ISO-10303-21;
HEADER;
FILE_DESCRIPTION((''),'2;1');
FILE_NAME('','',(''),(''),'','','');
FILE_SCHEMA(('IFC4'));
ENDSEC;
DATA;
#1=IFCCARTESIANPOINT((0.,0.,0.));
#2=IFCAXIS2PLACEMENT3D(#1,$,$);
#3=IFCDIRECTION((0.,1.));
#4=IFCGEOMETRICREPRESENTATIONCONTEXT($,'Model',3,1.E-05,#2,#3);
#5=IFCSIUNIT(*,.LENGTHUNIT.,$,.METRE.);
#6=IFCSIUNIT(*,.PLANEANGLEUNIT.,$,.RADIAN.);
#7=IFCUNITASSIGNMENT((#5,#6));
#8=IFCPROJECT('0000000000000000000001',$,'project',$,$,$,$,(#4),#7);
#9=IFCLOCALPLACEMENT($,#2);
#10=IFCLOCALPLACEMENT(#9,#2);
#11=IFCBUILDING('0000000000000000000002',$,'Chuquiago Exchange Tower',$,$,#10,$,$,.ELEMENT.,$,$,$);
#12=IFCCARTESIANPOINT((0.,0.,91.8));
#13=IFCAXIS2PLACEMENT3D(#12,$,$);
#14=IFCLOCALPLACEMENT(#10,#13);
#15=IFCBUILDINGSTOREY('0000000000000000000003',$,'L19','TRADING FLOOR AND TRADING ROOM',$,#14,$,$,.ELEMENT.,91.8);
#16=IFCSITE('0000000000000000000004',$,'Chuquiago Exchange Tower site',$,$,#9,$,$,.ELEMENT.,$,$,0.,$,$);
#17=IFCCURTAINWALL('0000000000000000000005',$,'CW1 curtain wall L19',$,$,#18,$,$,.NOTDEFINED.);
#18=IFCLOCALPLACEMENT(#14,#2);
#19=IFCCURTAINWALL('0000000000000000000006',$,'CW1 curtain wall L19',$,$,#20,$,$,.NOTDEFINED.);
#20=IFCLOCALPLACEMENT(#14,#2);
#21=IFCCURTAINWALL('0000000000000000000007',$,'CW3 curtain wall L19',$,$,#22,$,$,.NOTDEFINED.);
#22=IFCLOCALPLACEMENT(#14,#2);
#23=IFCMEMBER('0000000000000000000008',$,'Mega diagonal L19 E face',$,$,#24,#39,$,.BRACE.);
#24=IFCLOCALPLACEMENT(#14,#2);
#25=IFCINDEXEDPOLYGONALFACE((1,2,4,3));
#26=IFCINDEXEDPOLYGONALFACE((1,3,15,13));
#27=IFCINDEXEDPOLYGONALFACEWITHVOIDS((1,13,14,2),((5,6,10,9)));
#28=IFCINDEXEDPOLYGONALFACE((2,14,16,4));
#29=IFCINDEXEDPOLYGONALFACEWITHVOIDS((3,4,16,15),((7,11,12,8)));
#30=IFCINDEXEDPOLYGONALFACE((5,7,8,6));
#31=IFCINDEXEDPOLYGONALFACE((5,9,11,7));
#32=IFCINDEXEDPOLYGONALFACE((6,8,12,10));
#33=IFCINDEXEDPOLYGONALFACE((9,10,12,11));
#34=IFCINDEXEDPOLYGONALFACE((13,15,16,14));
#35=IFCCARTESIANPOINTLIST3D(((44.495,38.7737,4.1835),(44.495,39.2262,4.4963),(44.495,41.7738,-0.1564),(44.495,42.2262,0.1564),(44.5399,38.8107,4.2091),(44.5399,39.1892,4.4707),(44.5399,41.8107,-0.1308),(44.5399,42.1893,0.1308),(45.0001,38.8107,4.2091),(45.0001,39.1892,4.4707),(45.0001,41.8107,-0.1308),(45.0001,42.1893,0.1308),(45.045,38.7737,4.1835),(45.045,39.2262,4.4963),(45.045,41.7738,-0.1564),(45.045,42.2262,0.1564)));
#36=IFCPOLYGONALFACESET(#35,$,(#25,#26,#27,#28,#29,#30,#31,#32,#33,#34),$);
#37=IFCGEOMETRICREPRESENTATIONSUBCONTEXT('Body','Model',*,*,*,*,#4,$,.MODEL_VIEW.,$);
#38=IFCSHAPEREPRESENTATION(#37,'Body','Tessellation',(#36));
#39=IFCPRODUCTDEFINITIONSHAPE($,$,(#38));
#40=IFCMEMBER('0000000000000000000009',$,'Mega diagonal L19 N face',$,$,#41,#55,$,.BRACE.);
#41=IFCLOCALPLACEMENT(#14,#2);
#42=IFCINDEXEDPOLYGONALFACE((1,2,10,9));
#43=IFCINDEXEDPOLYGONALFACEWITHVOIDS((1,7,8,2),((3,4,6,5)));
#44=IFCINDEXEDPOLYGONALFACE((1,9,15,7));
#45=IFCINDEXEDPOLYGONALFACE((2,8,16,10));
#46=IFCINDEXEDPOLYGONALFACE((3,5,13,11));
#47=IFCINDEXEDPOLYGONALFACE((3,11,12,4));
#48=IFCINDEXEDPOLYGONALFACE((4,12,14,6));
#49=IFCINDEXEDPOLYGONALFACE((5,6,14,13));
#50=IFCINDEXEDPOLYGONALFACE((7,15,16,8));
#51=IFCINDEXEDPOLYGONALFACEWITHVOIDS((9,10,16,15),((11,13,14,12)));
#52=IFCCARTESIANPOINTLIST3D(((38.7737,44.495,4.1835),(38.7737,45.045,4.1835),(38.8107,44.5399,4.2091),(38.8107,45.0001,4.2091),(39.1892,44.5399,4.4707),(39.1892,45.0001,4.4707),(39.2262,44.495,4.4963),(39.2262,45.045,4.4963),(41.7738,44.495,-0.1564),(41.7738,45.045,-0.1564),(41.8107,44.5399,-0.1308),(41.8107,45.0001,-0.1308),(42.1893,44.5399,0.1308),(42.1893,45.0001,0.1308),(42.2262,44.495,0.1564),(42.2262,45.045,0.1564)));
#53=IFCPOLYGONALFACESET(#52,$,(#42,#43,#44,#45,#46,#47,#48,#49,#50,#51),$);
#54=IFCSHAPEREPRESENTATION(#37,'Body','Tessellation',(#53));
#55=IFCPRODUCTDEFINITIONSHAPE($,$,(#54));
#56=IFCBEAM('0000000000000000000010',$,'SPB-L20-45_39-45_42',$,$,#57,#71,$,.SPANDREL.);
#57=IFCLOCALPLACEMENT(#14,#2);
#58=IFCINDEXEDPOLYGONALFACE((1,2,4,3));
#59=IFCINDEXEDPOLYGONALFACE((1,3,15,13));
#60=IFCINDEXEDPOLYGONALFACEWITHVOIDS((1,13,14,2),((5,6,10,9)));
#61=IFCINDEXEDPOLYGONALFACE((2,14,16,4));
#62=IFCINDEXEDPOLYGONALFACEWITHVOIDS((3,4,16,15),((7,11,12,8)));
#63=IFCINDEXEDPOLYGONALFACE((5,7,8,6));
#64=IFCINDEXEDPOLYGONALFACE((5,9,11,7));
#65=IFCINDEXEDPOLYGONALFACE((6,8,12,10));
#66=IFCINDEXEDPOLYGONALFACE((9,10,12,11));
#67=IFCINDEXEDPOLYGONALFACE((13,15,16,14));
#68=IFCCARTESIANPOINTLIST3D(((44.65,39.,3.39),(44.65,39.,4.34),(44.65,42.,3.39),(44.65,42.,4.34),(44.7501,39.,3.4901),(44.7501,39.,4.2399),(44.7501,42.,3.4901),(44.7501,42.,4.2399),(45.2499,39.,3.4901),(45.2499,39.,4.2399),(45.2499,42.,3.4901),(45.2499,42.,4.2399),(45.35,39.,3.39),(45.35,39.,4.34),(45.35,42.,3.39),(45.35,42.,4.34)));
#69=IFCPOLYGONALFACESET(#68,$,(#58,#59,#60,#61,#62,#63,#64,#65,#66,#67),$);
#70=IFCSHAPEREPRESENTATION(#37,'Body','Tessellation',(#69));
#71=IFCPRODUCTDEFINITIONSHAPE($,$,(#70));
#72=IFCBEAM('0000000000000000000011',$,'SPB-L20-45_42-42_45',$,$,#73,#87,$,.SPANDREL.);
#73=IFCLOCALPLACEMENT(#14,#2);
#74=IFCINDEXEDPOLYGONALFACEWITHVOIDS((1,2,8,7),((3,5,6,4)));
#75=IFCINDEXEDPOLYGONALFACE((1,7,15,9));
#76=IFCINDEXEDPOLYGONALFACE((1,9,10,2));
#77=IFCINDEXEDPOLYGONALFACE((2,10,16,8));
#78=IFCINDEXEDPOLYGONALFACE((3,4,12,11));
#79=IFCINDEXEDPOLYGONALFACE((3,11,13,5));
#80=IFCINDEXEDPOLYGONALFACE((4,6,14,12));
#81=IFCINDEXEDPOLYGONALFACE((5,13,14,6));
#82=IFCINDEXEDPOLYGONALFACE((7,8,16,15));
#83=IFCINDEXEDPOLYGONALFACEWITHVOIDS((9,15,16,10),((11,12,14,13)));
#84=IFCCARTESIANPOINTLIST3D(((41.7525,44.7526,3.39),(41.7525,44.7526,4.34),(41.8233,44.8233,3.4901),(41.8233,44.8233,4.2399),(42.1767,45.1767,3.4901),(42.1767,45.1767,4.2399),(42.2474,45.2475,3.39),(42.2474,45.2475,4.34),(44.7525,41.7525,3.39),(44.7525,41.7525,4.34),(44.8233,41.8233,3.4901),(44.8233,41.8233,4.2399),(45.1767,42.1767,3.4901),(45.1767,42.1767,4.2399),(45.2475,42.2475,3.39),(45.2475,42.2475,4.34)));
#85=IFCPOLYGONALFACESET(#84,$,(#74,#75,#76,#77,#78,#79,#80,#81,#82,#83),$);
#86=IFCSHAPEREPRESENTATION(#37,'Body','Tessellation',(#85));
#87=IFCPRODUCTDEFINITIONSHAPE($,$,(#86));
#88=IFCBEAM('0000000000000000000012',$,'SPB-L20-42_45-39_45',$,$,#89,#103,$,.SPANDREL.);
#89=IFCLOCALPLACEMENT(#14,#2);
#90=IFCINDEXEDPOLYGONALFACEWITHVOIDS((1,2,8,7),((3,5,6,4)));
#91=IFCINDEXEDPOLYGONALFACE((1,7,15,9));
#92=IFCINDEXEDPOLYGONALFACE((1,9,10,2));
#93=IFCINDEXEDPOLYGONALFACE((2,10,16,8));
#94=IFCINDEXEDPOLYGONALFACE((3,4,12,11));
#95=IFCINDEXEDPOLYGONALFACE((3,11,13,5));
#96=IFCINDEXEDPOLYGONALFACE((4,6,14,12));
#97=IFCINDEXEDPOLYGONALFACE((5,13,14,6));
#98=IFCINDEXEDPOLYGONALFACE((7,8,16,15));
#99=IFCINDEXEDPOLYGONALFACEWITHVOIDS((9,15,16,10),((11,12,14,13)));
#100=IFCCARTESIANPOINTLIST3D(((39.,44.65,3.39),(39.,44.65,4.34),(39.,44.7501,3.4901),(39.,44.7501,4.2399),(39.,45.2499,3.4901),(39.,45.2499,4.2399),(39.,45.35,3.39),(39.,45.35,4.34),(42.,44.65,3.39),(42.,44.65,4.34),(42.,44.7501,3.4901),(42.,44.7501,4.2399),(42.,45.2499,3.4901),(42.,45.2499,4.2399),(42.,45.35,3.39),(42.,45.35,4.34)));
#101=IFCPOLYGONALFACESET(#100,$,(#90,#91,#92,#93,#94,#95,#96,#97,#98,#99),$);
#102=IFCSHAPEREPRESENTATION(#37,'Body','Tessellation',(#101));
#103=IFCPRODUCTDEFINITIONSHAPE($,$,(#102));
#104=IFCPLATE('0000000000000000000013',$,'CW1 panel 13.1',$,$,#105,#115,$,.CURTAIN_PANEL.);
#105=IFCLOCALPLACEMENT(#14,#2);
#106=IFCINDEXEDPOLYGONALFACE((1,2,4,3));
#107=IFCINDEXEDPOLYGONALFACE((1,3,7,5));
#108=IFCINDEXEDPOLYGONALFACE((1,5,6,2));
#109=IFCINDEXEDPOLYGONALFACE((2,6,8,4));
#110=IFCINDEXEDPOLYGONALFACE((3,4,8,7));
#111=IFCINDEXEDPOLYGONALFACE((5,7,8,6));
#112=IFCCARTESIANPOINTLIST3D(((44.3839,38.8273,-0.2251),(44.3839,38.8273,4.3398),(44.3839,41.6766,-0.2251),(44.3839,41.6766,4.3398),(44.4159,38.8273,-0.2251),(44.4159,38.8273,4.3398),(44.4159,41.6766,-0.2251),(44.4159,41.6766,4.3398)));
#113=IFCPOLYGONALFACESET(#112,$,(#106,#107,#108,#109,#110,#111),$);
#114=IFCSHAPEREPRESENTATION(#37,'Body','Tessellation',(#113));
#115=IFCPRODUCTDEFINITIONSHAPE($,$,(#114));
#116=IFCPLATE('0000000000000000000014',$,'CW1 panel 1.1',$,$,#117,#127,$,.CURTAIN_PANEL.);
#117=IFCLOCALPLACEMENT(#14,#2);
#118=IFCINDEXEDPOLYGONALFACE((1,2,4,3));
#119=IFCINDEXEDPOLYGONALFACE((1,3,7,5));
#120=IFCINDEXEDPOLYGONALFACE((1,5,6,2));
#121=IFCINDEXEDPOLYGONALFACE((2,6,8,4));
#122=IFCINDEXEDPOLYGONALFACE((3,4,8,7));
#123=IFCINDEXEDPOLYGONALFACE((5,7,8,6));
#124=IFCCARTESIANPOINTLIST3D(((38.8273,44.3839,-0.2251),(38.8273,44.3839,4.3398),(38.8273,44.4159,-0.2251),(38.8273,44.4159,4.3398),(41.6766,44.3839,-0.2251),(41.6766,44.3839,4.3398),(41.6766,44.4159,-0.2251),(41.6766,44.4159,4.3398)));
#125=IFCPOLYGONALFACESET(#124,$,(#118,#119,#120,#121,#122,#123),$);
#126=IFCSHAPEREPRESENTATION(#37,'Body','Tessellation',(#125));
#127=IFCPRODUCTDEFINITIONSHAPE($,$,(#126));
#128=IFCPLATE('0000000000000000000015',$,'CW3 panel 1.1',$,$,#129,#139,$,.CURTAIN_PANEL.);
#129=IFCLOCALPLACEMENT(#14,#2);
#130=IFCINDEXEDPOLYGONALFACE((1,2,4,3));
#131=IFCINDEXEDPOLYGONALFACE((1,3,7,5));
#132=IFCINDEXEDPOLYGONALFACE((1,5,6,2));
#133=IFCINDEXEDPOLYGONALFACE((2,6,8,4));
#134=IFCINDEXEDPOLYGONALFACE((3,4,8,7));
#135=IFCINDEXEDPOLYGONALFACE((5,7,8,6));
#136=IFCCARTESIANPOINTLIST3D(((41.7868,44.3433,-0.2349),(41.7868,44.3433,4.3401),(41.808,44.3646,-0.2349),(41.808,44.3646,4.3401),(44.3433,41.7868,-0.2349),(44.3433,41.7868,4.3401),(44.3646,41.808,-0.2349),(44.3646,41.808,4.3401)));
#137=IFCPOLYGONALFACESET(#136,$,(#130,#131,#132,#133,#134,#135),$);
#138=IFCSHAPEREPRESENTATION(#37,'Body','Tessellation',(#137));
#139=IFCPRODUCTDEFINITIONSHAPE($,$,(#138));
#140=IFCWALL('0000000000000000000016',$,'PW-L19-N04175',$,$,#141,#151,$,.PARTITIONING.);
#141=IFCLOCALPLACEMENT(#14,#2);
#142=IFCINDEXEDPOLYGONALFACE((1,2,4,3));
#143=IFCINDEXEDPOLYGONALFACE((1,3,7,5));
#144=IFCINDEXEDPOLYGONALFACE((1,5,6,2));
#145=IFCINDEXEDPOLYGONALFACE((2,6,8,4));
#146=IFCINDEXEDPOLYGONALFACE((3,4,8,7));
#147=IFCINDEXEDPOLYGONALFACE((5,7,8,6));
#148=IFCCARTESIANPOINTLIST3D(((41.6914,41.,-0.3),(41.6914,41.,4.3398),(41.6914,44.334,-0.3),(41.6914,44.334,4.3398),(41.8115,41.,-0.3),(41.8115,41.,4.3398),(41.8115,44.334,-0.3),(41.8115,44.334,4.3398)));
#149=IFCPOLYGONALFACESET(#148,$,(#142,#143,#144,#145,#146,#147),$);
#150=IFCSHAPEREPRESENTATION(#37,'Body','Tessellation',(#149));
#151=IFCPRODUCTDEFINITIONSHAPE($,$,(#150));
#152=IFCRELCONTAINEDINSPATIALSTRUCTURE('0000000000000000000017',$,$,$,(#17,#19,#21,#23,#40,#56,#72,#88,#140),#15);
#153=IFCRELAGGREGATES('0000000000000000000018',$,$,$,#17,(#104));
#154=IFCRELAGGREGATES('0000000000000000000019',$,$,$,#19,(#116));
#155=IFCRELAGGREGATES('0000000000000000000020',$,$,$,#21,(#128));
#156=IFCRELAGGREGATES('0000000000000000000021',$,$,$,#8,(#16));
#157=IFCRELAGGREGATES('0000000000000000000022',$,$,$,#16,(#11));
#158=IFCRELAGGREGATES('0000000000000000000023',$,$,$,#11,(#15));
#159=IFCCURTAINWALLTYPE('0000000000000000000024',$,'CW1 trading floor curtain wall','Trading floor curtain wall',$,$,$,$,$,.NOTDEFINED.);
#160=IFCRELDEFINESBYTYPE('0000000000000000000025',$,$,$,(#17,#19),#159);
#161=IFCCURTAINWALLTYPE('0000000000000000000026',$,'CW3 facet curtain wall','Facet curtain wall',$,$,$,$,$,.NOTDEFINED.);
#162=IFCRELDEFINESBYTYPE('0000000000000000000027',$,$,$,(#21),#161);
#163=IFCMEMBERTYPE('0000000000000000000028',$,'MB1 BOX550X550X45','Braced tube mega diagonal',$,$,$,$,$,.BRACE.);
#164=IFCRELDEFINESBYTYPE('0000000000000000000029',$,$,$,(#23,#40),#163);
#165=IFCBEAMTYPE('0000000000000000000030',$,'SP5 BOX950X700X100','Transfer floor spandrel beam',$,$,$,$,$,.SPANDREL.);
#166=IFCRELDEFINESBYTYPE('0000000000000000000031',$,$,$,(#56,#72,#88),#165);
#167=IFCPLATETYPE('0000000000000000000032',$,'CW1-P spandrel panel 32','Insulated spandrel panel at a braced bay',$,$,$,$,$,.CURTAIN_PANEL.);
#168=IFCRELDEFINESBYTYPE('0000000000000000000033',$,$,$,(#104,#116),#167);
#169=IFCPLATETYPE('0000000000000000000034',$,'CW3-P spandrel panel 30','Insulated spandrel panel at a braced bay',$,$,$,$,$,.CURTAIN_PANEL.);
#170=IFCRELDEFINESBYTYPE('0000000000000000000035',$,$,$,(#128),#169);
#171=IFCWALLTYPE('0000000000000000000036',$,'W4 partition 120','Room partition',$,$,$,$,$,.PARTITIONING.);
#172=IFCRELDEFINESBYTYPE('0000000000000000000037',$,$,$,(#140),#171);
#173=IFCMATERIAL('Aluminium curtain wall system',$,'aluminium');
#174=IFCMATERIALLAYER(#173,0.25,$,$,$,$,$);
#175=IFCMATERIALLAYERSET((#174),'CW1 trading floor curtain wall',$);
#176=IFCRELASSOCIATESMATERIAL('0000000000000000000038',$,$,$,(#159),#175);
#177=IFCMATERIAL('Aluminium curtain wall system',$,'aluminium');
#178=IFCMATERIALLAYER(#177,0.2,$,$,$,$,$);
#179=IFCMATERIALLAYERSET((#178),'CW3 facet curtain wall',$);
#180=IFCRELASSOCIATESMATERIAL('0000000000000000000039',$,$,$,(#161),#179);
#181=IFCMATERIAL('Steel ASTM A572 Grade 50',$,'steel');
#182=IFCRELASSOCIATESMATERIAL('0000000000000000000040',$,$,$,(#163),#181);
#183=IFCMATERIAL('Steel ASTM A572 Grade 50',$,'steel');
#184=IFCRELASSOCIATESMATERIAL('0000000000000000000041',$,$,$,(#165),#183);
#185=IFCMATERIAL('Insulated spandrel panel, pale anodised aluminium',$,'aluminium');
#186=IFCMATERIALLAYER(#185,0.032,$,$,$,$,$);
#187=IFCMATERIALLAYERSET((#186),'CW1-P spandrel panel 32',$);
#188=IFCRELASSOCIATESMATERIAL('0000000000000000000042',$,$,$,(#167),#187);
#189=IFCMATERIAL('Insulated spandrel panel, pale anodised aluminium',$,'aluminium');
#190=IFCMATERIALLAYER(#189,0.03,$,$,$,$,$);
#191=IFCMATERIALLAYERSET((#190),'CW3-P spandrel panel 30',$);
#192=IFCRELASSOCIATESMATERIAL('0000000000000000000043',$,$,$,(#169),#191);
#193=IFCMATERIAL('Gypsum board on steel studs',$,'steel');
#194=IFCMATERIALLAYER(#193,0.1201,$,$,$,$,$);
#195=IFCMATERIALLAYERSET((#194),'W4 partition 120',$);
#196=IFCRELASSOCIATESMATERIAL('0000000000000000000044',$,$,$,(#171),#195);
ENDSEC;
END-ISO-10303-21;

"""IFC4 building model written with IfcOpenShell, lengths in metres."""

from ifc_helpers import new_model, si_unit, direction, frame, frame_2d, origin, origin_2d, place, context, subcontext, project, spatial, rectangle, hollow_rectangle, extrude, material, layer, layer_set, material_profile, profile_set, type_object, element, aggregate, save


model = new_model("IFC4")

# Units and contexts
model_context = context("Model", 3, precision=1e-05, world=origin(), true_north=direction((0.0, 1.0)))
body_context = subcontext(model_context, "Body", "Model", "MODEL_VIEW")
ifc_project = project(units=[si_unit("LENGTHUNIT", "METRE"), si_unit("PLANEANGLEUNIT", "RADIAN")], contexts=[model_context])

# Site, building, storey
site_placement = place(None, origin())
site = spatial("IfcSite", under=ifc_project, at=site_placement, Name="Chuquiago Exchange Tower site", CompositionType="ELEMENT", RefElevation=0.0)
building_placement = place(site_placement, origin())
building = spatial("IfcBuilding", under=site, at=building_placement, Name="Chuquiago Exchange Tower", CompositionType="ELEMENT")
storey_placement = place(building_placement, frame((0.0, 0.0, 91.8)))
storey = spatial("IfcBuildingStorey", under=building, at=storey_placement, Name="L19", Description="TRADING FLOOR AND TRADING ROOM", CompositionType="ELEMENT", Elevation=91.8)

# Curtain walls
ifc_material_1 = material(Name="Aluminium curtain wall system", Category="aluminium")
ifc_layer_1 = layer(ifc_material_1, 0.25)
ifc_layer_set_1 = layer_set([ifc_layer_1], Name="CW1 trading floor curtain wall")
curtain_wall_type_1 = type_object("IfcCurtainWallType", Name="CW1 trading floor curtain wall", Description="Trading floor curtain wall", PredefinedType="NOTDEFINED", material=ifc_layer_set_1)
curtain_wall_1_placement = place(storey_placement, origin())
curtain_wall_1 = element("IfcCurtainWall", 1, at=curtain_wall_1_placement, inside=storey, type_object=curtain_wall_type_1, Name="CW1 curtain wall L19", PredefinedType="NOTDEFINED")
curtain_wall_2_placement = place(storey_placement, origin())
curtain_wall_2 = element("IfcCurtainWall", 2, at=curtain_wall_2_placement, inside=storey, type_object=curtain_wall_type_1, Name="CW1 curtain wall L19", PredefinedType="NOTDEFINED")

# Curtain wall
ifc_material_2 = material(Name="Aluminium curtain wall system", Category="aluminium")
ifc_layer_2 = layer(ifc_material_2, 0.2)
ifc_layer_set_2 = layer_set([ifc_layer_2], Name="CW3 facet curtain wall")
curtain_wall_type_2 = type_object("IfcCurtainWallType", Name="CW3 facet curtain wall", Description="Facet curtain wall", PredefinedType="NOTDEFINED", material=ifc_layer_set_2)
curtain_wall_3_placement = place(storey_placement, origin())
curtain_wall_3 = element("IfcCurtainWall", 3, at=curtain_wall_3_placement, inside=storey, type_object=curtain_wall_type_2, Name="CW3 curtain wall L19", PredefinedType="NOTDEFINED")

# Members
ifc_material_3 = material(Name="Steel ASTM A572 Grade 50", Category="steel")
ifc_material_profile_1 = material_profile(ifc_material_3, hollow_rectangle(XDim=0.55, YDim=0.55, WallThickness=0.0449, at=origin_2d()), Name="BOX550X550X45")
ifc_profile_set_1 = profile_set([ifc_material_profile_1], Name="Steel ASTM A572 Grade 50")
member_type_1 = type_object("IfcMemberType", Name="MB1 BOX550X550X45", Description="Braced tube mega diagonal", PredefinedType="BRACE", material=ifc_profile_set_1)
for number, where, z_axis, x_axis, name in (
    (4, (44.77, 42.0, 0.0), (0.0, -0.568632, 0.822592), (1.0, 0.0, 0.0), "Mega diagonal L19 E face"),
    (5, (42.0, 44.77, 0.0), (-0.568632, 0.0, 0.822592), (0.0, -1.0, 0.0), "Mega diagonal L19 N face"),
):
    element("IfcMember", number, at=place(storey_placement, frame(where, z_axis=z_axis, x_axis=x_axis)), inside=storey, type_object=member_type_1, Name=name, PredefinedType="BRACE", context=body_context, shape_type="SweptSolid", body=[
        extrude(hollow_rectangle(XDim=0.55, YDim=0.55, WallThickness=0.0449, at=origin_2d()), origin(), (0.0, 0.0, 1.0), 5.2759),
    ])

# Beams
ifc_material_4 = material(Name="Steel ASTM A572 Grade 50", Category="steel")
ifc_material_profile_2 = material_profile(ifc_material_4, hollow_rectangle(XDim=0.7, YDim=0.95, WallThickness=0.1001, at=origin_2d()), Name="BOX950X700X100")
ifc_profile_set_2 = profile_set([ifc_material_profile_2], Name="Steel ASTM A572 Grade 50")
beam_type = type_object("IfcBeamType", Name="SP5 BOX950X700X100", Description="Transfer floor spandrel beam", PredefinedType="SPANDREL", material=ifc_profile_set_2)
beam_1_placement = place(storey_placement, frame((45.0, 39.0, 3.865), z_axis=(0.0, 1.0, 0.0), x_axis=(-1.0, 0.0, 0.0)))
element("IfcBeam", 6, at=beam_1_placement, inside=storey, type_object=beam_type, Name="SPB-L20-45_39-45_42", PredefinedType="SPANDREL", context=body_context, shape_type="SweptSolid", body=[
    extrude(hollow_rectangle(XDim=0.7, YDim=0.95, WallThickness=0.1001, at=origin_2d()), origin(), (0.0, 0.0, 1.0), 3.0),
])
beam_2_placement = place(storey_placement, frame((45.0, 42.0, 3.865), z_axis=(-0.707107, 0.707107, 0.0), x_axis=(-0.707107, -0.707107, 0.0)))
element("IfcBeam", 7, at=beam_2_placement, inside=storey, type_object=beam_type, Name="SPB-L20-45_42-42_45", PredefinedType="SPANDREL", context=body_context, shape_type="SweptSolid", body=[
    extrude(hollow_rectangle(XDim=0.7, YDim=0.95, WallThickness=0.1001, at=origin_2d()), origin(), (0.0, 0.0, 1.0), 4.2427),
])
beam_3_placement = place(storey_placement, frame((42.0, 45.0, 3.865), z_axis=(-1.0, 0.0, 0.0), x_axis=(0.0, -1.0, 0.0)))
element("IfcBeam", 8, at=beam_3_placement, inside=storey, type_object=beam_type, Name="SPB-L20-42_45-39_45", PredefinedType="SPANDREL", context=body_context, shape_type="SweptSolid", body=[
    extrude(hollow_rectangle(XDim=0.7, YDim=0.95, WallThickness=0.1001, at=origin_2d()), origin(), (0.0, 0.0, 1.0), 3.0),
])

# Plates
ifc_material_5 = material(Name="Insulated spandrel panel, pale anodised aluminium", Category="aluminium")
ifc_layer_3 = layer(ifc_material_5, 0.032)
ifc_layer_set_3 = layer_set([ifc_layer_3], Name="CW1-P spandrel panel 32")
plate_type_1 = type_object("IfcPlateType", Name="CW1-P spandrel panel 32", Description="Insulated spandrel panel at a braced bay", PredefinedType="CURTAIN_PANEL", material=ifc_layer_set_3)
plate_1_placement = place(storey_placement, frame((44.3999, 40.252, -0.2251), z_axis=(0.0, 0.0, 1.0), x_axis=(0.0, 1.0, 0.0)))
plate_1 = element("IfcPlate", 9, at=plate_1_placement, type_object=plate_type_1, Name="CW1 panel 13.1", PredefinedType="CURTAIN_PANEL", context=body_context, shape_type="SweptSolid", body=[
    extrude(rectangle(XDim=2.8494, YDim=0.032, at=origin_2d()), origin(), (0.0, 0.0, 1.0), 4.5649),
])
aggregate(curtain_wall_1, [plate_1])
plate_2_placement = place(storey_placement, frame((40.252, 44.3999, -0.2251), z_axis=(0.0, 0.0, 1.0), x_axis=(-1.0, 0.0, 0.0)))
plate_2 = element("IfcPlate", 10, at=plate_2_placement, type_object=plate_type_1, Name="CW1 panel 1.1", PredefinedType="CURTAIN_PANEL", context=body_context, shape_type="SweptSolid", body=[
    extrude(rectangle(XDim=2.8494, YDim=0.032, at=origin_2d()), origin(), (0.0, 0.0, 1.0), 4.5649),
])
aggregate(curtain_wall_2, [plate_2])
ifc_material_6 = material(Name="Insulated spandrel panel, pale anodised aluminium", Category="aluminium")
ifc_layer_4 = layer(ifc_material_6, 0.03)
ifc_layer_set_4 = layer_set([ifc_layer_4], Name="CW3-P spandrel panel 30")
plate_type_2 = type_object("IfcPlateType", Name="CW3-P spandrel panel 30", Description="Insulated spandrel panel at a braced bay", PredefinedType="CURTAIN_PANEL", material=ifc_layer_set_4)
plate_3_placement = place(storey_placement, frame((43.0757, 43.0757, -0.2349), z_axis=(0.0, 0.0, 1.0), x_axis=(-0.707107, 0.707107, 0.0)))
plate_3 = element("IfcPlate", 11, at=plate_3_placement, type_object=plate_type_2, Name="CW3 panel 1.1", PredefinedType="CURTAIN_PANEL", context=body_context, shape_type="SweptSolid", body=[
    extrude(rectangle(XDim=3.6155, YDim=0.03, at=origin_2d()), origin(), (0.0, 0.0, 1.0), 4.575),
])
aggregate(curtain_wall_3, [plate_3])

# Wall
ifc_material_7 = material(Name="Gypsum board on steel studs", Category="steel")
ifc_layer_5 = layer(ifc_material_7, 0.1201)
ifc_layer_set_5 = layer_set([ifc_layer_5], Name="W4 partition 120")
wall_type = type_object("IfcWallType", Name="W4 partition 120", Description="Room partition", PredefinedType="PARTITIONING", material=ifc_layer_set_5)
wall_placement = place(storey_placement, frame((41.7515, 44.334, -0.3), z_axis=(0.0, 0.0, 1.0), x_axis=(0.0, -1.0, 0.0)))
element("IfcWall", 12, at=wall_placement, inside=storey, type_object=wall_type, Name="PW-L19-N04175", PredefinedType="PARTITIONING", context=body_context, shape_type="SweptSolid", body=[
    extrude(rectangle(XDim=3.334, YDim=0.1201, at=frame_2d((1.667, 0.0))), origin(), (0.0, 0.0, 1.0), 4.6399),
])

save(model, "model.ifc")
